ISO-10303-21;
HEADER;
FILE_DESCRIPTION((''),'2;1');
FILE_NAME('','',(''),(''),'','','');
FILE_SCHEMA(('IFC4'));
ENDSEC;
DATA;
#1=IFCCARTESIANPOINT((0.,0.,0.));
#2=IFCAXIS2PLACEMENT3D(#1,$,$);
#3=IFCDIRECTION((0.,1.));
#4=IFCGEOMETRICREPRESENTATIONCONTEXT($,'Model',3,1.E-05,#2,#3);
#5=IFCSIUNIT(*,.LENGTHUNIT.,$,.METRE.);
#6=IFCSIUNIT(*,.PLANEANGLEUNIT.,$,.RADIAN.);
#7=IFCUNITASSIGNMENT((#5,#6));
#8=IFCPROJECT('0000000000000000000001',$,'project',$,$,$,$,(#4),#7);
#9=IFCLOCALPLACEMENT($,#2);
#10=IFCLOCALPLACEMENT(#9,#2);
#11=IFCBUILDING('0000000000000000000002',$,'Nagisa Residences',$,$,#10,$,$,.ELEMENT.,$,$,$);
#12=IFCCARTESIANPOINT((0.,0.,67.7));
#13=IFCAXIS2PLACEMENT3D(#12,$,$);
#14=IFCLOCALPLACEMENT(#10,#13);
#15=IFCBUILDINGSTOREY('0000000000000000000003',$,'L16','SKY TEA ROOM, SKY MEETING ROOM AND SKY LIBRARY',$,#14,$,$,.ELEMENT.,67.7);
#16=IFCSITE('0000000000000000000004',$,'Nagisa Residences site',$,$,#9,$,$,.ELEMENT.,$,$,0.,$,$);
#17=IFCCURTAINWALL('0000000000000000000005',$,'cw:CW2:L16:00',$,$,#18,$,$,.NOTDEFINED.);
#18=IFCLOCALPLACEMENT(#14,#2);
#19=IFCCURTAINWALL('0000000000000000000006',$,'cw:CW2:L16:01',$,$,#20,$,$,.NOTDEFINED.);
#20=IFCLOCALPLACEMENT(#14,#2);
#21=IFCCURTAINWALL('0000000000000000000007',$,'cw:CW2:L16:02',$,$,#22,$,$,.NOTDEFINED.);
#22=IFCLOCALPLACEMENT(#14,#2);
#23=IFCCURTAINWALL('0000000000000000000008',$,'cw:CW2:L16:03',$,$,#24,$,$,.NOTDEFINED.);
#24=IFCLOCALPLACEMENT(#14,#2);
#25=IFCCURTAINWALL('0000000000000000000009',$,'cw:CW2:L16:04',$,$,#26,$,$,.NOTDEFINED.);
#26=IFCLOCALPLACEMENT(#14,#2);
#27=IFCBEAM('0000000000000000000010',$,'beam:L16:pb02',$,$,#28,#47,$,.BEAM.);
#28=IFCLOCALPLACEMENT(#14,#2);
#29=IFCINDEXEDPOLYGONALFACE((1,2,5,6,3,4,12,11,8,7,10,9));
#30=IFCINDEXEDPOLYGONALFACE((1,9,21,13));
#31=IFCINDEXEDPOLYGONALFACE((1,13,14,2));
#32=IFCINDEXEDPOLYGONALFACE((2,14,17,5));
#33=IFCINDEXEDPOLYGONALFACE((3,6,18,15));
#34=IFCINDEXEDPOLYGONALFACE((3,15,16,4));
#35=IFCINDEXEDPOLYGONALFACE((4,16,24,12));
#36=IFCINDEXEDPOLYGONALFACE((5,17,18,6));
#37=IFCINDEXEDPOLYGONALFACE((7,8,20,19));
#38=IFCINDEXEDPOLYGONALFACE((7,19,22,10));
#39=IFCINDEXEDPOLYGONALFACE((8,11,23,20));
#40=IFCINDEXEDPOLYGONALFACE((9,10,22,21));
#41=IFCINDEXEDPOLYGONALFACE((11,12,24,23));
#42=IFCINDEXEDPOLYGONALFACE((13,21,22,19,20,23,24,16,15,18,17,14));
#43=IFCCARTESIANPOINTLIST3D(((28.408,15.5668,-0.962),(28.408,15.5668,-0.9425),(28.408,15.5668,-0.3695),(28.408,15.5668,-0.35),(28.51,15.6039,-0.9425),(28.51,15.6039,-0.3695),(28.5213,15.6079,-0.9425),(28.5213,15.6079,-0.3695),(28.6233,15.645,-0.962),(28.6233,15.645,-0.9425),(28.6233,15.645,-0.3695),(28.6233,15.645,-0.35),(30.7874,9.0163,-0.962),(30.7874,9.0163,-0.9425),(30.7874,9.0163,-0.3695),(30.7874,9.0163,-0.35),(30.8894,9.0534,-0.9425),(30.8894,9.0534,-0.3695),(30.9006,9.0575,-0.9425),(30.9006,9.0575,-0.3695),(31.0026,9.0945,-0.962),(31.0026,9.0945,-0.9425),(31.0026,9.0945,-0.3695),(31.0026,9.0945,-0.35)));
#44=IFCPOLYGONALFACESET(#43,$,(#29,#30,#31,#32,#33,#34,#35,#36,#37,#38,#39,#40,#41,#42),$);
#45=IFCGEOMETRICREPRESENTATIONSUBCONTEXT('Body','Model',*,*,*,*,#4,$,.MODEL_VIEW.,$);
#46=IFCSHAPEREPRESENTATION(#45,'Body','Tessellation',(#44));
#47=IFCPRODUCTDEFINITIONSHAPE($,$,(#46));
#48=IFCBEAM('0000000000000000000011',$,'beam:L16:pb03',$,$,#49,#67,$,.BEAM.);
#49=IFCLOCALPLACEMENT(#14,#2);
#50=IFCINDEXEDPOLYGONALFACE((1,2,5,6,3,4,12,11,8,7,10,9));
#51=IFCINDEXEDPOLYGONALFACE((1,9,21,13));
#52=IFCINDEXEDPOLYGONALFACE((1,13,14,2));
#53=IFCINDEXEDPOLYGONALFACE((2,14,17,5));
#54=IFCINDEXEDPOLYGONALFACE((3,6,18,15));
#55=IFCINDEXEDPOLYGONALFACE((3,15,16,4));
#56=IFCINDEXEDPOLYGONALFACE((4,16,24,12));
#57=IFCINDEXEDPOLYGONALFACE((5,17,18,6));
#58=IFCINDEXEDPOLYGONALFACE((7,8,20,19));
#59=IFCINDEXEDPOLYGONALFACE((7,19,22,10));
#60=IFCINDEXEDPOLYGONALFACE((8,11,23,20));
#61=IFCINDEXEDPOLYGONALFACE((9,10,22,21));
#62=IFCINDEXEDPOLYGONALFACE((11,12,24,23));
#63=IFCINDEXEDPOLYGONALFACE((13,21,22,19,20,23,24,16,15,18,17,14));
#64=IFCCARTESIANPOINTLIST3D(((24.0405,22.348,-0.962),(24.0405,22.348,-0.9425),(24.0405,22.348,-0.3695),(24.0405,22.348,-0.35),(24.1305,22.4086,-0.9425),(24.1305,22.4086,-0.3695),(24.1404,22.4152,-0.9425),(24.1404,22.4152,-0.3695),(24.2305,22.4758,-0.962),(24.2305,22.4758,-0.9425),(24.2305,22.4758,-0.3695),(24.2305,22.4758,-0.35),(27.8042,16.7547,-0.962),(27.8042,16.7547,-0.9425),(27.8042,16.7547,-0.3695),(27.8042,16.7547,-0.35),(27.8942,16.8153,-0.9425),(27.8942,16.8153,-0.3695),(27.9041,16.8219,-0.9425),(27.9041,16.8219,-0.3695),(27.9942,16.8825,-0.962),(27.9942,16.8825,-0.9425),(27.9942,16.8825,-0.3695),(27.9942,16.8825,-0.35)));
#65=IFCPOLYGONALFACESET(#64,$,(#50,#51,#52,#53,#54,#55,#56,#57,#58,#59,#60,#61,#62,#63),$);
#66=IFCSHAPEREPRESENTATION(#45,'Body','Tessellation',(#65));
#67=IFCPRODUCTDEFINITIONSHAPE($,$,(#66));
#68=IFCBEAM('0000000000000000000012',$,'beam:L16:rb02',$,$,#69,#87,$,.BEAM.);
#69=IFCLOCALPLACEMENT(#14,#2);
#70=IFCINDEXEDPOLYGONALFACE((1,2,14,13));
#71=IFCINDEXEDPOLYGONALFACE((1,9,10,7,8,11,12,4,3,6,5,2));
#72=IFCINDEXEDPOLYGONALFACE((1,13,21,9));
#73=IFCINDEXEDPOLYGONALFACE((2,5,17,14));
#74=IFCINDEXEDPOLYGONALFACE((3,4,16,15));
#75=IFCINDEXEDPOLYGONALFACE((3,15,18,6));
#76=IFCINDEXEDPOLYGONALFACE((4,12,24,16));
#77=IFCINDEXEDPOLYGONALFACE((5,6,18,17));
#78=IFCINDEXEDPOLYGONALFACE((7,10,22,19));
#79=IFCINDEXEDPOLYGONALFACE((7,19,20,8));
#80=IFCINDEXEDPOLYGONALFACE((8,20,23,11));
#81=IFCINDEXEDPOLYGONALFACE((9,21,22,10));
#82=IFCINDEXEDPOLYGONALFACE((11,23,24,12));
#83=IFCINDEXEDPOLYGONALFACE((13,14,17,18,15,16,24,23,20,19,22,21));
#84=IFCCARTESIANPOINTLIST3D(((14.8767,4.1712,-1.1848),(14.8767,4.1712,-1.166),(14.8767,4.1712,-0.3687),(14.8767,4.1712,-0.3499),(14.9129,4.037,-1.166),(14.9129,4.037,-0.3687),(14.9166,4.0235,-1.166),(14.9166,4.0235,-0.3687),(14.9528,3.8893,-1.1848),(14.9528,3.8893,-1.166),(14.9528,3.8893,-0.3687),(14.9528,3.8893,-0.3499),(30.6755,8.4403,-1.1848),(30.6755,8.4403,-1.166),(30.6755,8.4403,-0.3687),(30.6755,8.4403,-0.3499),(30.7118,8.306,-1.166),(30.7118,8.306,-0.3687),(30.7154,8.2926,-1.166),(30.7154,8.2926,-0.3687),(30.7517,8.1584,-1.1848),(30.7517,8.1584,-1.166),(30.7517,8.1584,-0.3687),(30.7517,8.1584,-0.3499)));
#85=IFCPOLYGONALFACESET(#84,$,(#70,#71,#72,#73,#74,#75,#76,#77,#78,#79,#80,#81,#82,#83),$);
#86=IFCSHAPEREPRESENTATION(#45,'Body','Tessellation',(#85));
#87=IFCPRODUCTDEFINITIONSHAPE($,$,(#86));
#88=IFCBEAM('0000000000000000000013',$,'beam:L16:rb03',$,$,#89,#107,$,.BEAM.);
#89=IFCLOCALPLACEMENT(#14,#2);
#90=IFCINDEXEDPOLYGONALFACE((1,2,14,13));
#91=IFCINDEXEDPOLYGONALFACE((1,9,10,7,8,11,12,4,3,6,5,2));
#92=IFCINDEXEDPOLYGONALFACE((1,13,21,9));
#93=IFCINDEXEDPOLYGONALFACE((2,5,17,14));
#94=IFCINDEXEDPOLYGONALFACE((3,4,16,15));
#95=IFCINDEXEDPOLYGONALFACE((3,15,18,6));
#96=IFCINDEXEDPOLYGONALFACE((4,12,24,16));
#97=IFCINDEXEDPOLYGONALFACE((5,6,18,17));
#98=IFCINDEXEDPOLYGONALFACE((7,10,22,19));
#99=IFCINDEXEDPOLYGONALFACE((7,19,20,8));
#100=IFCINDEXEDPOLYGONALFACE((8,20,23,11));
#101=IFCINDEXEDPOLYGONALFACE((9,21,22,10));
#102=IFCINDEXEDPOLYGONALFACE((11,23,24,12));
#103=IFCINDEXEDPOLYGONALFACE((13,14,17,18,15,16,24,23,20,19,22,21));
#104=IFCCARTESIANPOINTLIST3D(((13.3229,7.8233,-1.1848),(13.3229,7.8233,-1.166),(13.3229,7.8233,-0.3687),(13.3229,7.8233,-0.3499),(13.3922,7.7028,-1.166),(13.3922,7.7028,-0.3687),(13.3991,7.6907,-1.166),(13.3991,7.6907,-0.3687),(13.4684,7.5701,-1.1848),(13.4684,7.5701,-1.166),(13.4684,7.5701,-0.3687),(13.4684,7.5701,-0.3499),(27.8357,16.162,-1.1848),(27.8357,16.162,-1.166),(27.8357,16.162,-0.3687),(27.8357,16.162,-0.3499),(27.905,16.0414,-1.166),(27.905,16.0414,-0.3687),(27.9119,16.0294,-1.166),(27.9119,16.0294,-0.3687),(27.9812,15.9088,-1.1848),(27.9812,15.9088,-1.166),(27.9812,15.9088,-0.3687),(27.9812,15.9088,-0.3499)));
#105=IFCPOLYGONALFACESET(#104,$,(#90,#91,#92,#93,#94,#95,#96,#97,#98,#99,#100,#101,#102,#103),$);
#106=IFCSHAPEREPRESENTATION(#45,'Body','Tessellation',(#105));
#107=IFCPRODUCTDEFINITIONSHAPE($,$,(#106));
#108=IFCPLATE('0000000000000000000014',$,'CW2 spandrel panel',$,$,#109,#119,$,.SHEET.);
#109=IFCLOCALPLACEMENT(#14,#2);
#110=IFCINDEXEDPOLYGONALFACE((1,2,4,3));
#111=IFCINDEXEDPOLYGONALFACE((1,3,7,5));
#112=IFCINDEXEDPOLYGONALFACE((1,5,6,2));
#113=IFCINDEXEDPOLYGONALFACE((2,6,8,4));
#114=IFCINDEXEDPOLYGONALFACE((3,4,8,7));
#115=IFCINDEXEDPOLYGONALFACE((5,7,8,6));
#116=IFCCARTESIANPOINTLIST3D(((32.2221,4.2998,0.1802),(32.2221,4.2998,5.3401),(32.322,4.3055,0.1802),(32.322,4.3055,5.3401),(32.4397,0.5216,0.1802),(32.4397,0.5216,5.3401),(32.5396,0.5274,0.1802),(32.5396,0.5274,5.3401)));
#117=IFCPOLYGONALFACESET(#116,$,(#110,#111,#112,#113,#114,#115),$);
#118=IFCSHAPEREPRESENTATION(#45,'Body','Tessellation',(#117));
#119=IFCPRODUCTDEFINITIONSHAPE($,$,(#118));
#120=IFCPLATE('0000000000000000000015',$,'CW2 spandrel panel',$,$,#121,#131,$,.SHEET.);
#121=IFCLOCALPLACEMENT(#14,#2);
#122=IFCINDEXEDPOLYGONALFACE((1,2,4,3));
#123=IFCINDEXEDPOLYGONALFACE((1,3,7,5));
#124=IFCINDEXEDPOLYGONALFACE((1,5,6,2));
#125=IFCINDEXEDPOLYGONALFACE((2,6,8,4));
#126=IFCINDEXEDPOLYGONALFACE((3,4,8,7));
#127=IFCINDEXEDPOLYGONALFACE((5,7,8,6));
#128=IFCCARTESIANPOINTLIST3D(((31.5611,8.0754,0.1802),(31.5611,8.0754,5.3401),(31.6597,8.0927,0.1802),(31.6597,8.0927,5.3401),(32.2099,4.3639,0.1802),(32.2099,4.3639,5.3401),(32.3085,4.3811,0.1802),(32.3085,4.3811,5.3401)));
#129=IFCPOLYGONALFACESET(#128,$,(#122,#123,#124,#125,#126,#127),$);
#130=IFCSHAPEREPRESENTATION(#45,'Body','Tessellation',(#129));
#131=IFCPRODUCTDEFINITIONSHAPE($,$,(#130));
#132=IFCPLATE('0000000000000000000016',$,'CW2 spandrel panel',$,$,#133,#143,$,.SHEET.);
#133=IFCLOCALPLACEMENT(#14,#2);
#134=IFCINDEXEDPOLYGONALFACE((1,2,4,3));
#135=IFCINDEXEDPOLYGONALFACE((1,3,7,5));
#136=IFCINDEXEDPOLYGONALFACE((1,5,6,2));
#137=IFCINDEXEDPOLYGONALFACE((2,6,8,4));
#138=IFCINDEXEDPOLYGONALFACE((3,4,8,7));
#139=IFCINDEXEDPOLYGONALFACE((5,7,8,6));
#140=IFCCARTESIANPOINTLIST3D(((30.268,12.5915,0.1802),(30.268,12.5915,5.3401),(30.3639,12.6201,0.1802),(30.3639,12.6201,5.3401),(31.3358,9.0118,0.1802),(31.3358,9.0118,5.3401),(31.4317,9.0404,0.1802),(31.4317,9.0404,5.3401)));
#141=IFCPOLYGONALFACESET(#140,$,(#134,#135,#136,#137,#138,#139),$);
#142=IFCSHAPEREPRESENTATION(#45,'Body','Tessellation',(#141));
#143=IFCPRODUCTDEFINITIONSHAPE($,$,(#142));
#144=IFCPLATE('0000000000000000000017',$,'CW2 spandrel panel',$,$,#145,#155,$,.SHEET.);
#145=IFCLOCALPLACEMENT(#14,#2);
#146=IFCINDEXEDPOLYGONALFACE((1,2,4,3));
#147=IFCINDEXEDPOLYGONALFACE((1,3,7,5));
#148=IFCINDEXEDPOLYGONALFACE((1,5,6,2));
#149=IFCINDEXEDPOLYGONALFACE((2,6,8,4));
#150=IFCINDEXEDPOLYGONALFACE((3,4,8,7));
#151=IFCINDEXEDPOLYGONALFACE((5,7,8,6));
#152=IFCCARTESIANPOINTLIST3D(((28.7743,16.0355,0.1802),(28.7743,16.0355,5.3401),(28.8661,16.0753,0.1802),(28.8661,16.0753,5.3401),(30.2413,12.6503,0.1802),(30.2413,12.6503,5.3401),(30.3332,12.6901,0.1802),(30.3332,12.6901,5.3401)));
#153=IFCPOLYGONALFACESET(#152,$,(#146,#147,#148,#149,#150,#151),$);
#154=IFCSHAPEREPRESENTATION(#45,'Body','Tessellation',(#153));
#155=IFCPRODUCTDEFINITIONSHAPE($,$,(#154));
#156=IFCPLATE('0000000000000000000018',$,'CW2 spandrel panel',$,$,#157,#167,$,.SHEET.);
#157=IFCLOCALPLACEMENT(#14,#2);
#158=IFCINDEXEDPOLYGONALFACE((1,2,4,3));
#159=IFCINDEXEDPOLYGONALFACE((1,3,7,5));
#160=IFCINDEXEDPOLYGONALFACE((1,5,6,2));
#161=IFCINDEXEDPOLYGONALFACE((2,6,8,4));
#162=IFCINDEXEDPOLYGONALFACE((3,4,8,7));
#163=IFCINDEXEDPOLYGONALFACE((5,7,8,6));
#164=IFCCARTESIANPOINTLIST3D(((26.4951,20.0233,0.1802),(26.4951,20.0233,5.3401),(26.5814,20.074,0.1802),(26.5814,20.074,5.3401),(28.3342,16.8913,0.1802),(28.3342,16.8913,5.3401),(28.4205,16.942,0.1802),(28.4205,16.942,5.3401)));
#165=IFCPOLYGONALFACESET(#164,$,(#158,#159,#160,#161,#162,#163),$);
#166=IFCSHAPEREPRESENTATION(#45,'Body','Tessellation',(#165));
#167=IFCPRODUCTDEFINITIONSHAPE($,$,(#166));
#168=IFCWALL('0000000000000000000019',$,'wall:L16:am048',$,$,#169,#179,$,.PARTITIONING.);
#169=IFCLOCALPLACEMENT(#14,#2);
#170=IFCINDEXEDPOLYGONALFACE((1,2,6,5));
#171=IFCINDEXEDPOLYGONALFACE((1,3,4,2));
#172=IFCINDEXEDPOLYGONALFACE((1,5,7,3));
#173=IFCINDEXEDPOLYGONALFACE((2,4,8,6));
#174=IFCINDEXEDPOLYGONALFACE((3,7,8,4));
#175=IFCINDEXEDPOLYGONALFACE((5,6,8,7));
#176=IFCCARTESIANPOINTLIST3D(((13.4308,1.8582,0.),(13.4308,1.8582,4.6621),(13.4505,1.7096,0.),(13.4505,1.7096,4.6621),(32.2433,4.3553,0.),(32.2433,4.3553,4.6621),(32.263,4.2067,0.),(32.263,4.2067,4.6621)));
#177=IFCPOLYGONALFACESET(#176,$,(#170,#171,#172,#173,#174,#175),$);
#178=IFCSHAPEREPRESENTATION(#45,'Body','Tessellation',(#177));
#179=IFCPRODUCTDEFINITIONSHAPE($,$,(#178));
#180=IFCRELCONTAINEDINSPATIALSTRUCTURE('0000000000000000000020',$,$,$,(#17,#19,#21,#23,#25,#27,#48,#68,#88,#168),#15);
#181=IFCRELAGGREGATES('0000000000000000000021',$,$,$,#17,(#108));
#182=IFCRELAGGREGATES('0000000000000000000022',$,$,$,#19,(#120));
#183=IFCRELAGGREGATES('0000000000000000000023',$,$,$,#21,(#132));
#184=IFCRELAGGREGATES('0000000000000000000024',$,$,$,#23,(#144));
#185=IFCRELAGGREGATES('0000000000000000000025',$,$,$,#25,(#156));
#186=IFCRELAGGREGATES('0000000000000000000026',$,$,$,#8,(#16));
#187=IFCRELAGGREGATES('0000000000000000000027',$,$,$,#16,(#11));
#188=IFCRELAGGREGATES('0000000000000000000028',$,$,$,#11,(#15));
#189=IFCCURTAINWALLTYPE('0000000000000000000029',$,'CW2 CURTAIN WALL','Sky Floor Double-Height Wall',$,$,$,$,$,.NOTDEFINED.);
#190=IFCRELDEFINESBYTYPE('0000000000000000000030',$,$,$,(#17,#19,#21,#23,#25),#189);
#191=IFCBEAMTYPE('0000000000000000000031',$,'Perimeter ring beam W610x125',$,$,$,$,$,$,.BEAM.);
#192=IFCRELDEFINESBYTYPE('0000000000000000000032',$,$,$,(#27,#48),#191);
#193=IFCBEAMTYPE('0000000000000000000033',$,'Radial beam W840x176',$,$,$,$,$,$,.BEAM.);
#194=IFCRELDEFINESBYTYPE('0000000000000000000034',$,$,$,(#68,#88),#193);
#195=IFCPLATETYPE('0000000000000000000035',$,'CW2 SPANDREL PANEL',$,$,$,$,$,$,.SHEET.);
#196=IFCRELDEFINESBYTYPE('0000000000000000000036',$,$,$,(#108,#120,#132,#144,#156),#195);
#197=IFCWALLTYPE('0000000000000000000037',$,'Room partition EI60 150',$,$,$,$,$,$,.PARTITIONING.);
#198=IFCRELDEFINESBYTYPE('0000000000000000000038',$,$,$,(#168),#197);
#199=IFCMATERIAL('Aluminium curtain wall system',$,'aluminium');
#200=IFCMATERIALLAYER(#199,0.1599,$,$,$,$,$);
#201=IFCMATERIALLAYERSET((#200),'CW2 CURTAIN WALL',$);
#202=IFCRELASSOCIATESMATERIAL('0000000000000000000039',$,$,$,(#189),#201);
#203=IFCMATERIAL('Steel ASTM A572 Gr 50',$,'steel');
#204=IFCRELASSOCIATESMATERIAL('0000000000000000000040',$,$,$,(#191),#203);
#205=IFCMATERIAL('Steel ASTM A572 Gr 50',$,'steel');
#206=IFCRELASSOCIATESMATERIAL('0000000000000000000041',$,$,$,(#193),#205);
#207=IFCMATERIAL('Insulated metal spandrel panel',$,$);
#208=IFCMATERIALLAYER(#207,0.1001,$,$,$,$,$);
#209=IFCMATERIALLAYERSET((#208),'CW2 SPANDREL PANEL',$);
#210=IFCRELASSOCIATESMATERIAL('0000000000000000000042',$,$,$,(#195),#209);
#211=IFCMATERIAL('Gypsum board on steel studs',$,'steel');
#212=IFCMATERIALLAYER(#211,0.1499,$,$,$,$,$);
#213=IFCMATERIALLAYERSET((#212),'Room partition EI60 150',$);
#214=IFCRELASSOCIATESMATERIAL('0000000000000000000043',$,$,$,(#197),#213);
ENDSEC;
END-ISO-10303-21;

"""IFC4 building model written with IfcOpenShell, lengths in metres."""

from ifc_helpers import new_model, si_unit, direction, frame, frame_2d, origin, origin_2d, place, context, subcontext, project, spatial, rectangle, i_section, extrude, material, layer, layer_set, material_profile, profile_set, type_object, element, aggregate, save


model = new_model("IFC4")

# Units and contexts
model_context = context("Model", 3, precision=1e-05, world=origin(), true_north=direction((0.0, 1.0)))
body_context = subcontext(model_context, "Body", "Model", "MODEL_VIEW")
ifc_project = project(units=[si_unit("LENGTHUNIT", "METRE"), si_unit("PLANEANGLEUNIT", "RADIAN")], contexts=[model_context])

# Site, building, storey
site_placement = place(None, origin())
site = spatial("IfcSite", under=ifc_project, at=site_placement, Name="Nagisa Residences site", CompositionType="ELEMENT", RefElevation=0.0)
building_placement = place(site_placement, origin())
building = spatial("IfcBuilding", under=site, at=building_placement, Name="Nagisa Residences", CompositionType="ELEMENT")
storey_placement = place(building_placement, frame((0.0, 0.0, 67.7)))
storey = spatial("IfcBuildingStorey", under=building, at=storey_placement, Name="L16", Description="SKY TEA ROOM, SKY MEETING ROOM AND SKY LIBRARY", CompositionType="ELEMENT", Elevation=67.7)

# Curtain walls
ifc_material_1 = material(Name="Aluminium curtain wall system", Category="aluminium")
ifc_layer_1 = layer(ifc_material_1, 0.1599)
ifc_layer_set_1 = layer_set([ifc_layer_1], Name="CW2 CURTAIN WALL")
curtain_wall_type = type_object("IfcCurtainWallType", Name="CW2 CURTAIN WALL", Description="Sky Floor Double-Height Wall", PredefinedType="NOTDEFINED", material=ifc_layer_set_1)
curtain_wall_1_placement = place(storey_placement, origin())
curtain_wall_1 = element("IfcCurtainWall", 1, at=curtain_wall_1_placement, inside=storey, type_object=curtain_wall_type, Name="cw:CW2:L16:00", PredefinedType="NOTDEFINED")
curtain_wall_2_placement = place(storey_placement, origin())
curtain_wall_2 = element("IfcCurtainWall", 2, at=curtain_wall_2_placement, inside=storey, type_object=curtain_wall_type, Name="cw:CW2:L16:01", PredefinedType="NOTDEFINED")
curtain_wall_3_placement = place(storey_placement, origin())
curtain_wall_3 = element("IfcCurtainWall", 3, at=curtain_wall_3_placement, inside=storey, type_object=curtain_wall_type, Name="cw:CW2:L16:02", PredefinedType="NOTDEFINED")
curtain_wall_4_placement = place(storey_placement, origin())
curtain_wall_4 = element("IfcCurtainWall", 4, at=curtain_wall_4_placement, inside=storey, type_object=curtain_wall_type, Name="cw:CW2:L16:03", PredefinedType="NOTDEFINED")
curtain_wall_5_placement = place(storey_placement, origin())
curtain_wall_5 = element("IfcCurtainWall", 5, at=curtain_wall_5_placement, inside=storey, type_object=curtain_wall_type, Name="cw:CW2:L16:04", PredefinedType="NOTDEFINED")

# Beams
ifc_material_2 = material(Name="Steel ASTM A572 Gr 50", Category="steel")
ifc_material_profile_1 = material_profile(ifc_material_2, i_section(OverallWidth=0.229, OverallDepth=0.6121, WebThickness=0.012, FlangeThickness=0.0195, at=origin_2d()), Name="W610x125")
ifc_profile_set_1 = profile_set([ifc_material_profile_1], Name="Steel ASTM A572 Gr 50")
beam_type_1 = type_object("IfcBeamType", Name="Perimeter ring beam W610x125", PredefinedType="BEAM", material=ifc_profile_set_1)
beam_1_placement = place(storey_placement, frame((30.895, 9.0554, -0.656), z_axis=(-0.341411, 0.939914, 0.0), x_axis=(-0.939914, -0.341411, 0.0)))
element("IfcBeam", 6, at=beam_1_placement, inside=storey, type_object=beam_type_1, Name="beam:L16:pb02", PredefinedType="BEAM", context=body_context, shape_type="SweptSolid", body=[
    extrude(i_section(OverallWidth=0.229, OverallDepth=0.6121, WebThickness=0.012, FlangeThickness=0.0195, at=origin_2d()), origin(), (0.0, 0.0, 1.0), 6.9692),
])
beam_2_placement = place(storey_placement, frame((27.8992, 16.8186, -0.656), z_axis=(-0.558272, 0.829658, 0.0), x_axis=(-0.829658, -0.558272, 0.0)))
element("IfcBeam", 7, at=beam_2_placement, inside=storey, type_object=beam_type_1, Name="beam:L16:pb03", PredefinedType="BEAM", context=body_context, shape_type="SweptSolid", body=[
    extrude(i_section(OverallWidth=0.229, OverallDepth=0.6121, WebThickness=0.012, FlangeThickness=0.0195, at=origin_2d()), origin(), (0.0, 0.0, 1.0), 6.7417),
])
ifc_material_3 = material(Name="Steel ASTM A572 Gr 50", Category="steel")
ifc_material_profile_2 = material_profile(ifc_material_3, i_section(OverallWidth=0.292, OverallDepth=0.835, WebThickness=0.0139, FlangeThickness=0.0188, at=origin_2d()), Name="W840x176")
ifc_profile_set_2 = profile_set([ifc_material_profile_2], Name="Steel ASTM A572 Gr 50")
beam_type_2 = type_object("IfcBeamType", Name="Radial beam W840x176", PredefinedType="BEAM", material=ifc_profile_set_2)
beam_3_placement = place(storey_placement, frame((30.7136, 8.2993, -0.7673), z_axis=(-0.965377, -0.260857, 0.0), x_axis=(0.260857, -0.965377, 0.0)))
element("IfcBeam", 8, at=beam_3_placement, inside=storey, type_object=beam_type_2, Name="beam:L16:rb02", PredefinedType="BEAM", context=body_context, shape_type="SweptSolid", body=[
    extrude(i_section(OverallWidth=0.292, OverallDepth=0.835, WebThickness=0.0139, FlangeThickness=0.0188, at=origin_2d()), origin(), (0.0, 0.0, 1.0), 16.3655),
])
beam_4_placement = place(storey_placement, frame((27.9084, 16.0354, -0.7673), z_axis=(-0.867066, -0.498194, 0.0), x_axis=(0.498194, -0.867066, 0.0)))
element("IfcBeam", 9, at=beam_4_placement, inside=storey, type_object=beam_type_2, Name="beam:L16:rb03", PredefinedType="BEAM", context=body_context, shape_type="SweptSolid", body=[
    extrude(i_section(OverallWidth=0.292, OverallDepth=0.835, WebThickness=0.0139, FlangeThickness=0.0188, at=origin_2d()), origin(), (0.0, 0.0, 1.0), 16.7378),
])

# Plates
ifc_material_4 = material(Name="Insulated metal spandrel panel")
ifc_layer_2 = layer(ifc_material_4, 0.1001)
ifc_layer_set_2 = layer_set([ifc_layer_2], Name="CW2 SPANDREL PANEL")
plate_type = type_object("IfcPlateType", Name="CW2 SPANDREL PANEL", PredefinedType="SHEET", material=ifc_layer_set_2)
plate_1_placement = place(storey_placement, frame((32.3809, 2.4136, 0.1802), z_axis=(0.0, 0.0, 1.0), x_axis=(-0.057503, 0.998345, 0.0)))
plate_1 = element("IfcPlate", 10, at=plate_1_placement, type_object=plate_type, Name="CW2 spandrel panel", PredefinedType="SHEET", context=body_context, shape_type="SweptSolid", body=[
    extrude(rectangle(XDim=3.7844, YDim=0.1001, at=origin_2d()), origin(), (0.0, 0.0, 1.0), 5.1599),
])
aggregate(curtain_wall_1, [plate_1])
plate_2_placement = place(storey_placement, frame((31.9348, 6.2283, 0.1802), z_axis=(0.0, 0.0, 1.0), x_axis=(-0.172191, 0.985064, 0.0)))
plate_2 = element("IfcPlate", 11, at=plate_2_placement, type_object=plate_type, Name="CW2 spandrel panel", PredefinedType="SHEET", context=body_context, shape_type="SweptSolid", body=[
    extrude(rectangle(XDim=3.7678, YDim=0.1001, at=origin_2d()), origin(), (0.0, 0.0, 1.0), 5.1599),
])
aggregate(curtain_wall_2, [plate_2])
plate_3_placement = place(storey_placement, frame((30.8499, 10.8159, 0.1802), z_axis=(0.0, 0.0, 1.0), x_axis=(-0.28586, 0.958271, 0.0)))
plate_3 = element("IfcPlate", 12, at=plate_3_placement, type_object=plate_type, Name="CW2 spandrel panel", PredefinedType="SHEET", context=body_context, shape_type="SweptSolid", body=[
    extrude(rectangle(XDim=3.7356, YDim=0.1001, at=origin_2d()), origin(), (0.0, 0.0, 1.0), 5.1599),
])
aggregate(curtain_wall_3, [plate_3])
plate_4_placement = place(storey_placement, frame((29.5537, 14.3628, 0.1802), z_axis=(0.0, 0.0, 1.0), x_axis=(-0.397636, 0.917543, 0.0)))
plate_4 = element("IfcPlate", 13, at=plate_4_placement, type_object=plate_type, Name="CW2 spandrel panel", PredefinedType="SHEET", context=body_context, shape_type="SweptSolid", body=[
    extrude(rectangle(XDim=3.6895, YDim=0.1001, at=origin_2d()), origin(), (0.0, 0.0, 1.0), 5.1599),
])
aggregate(curtain_wall_4, [plate_4])
plate_5_placement = place(storey_placement, frame((27.4578, 18.4827, 0.1802), z_axis=(0.0, 0.0, 1.0), x_axis=(-0.506349, 0.862329, 0.0)))
plate_5 = element("IfcPlate", 14, at=plate_5_placement, type_object=plate_type, Name="CW2 spandrel panel", PredefinedType="SHEET", context=body_context, shape_type="SweptSolid", body=[
    extrude(rectangle(XDim=3.6321, YDim=0.1001, at=origin_2d()), origin(), (0.0, 0.0, 1.0), 5.1599),
])
aggregate(curtain_wall_5, [plate_5])

# Wall
ifc_material_5 = material(Name="Gypsum board on steel studs", Category="steel")
ifc_layer_3 = layer(ifc_material_5, 0.1499)
ifc_layer_set_3 = layer_set([ifc_layer_3], Name="Room partition EI60 150")
wall_type = type_object("IfcWallType", Name="Room partition EI60 150", PredefinedType="PARTITIONING", material=ifc_layer_set_3)
wall_placement = place(storey_placement, frame((32.2532, 4.281, 0.0), z_axis=(0.0, 0.0, 1.0), x_axis=(-0.991305, -0.131581, 0.0)))
element("IfcWall", 15, at=wall_placement, inside=storey, type_object=wall_type, Name="wall:L16:am048", PredefinedType="PARTITIONING", context=body_context, shape_type="SweptSolid", body=[
    extrude(rectangle(XDim=18.9775, YDim=0.1499, at=frame_2d((9.4888, 0.0))), origin(), (0.0, 0.0, 1.0), 4.6621),
])

save(model, "model.ifc")
